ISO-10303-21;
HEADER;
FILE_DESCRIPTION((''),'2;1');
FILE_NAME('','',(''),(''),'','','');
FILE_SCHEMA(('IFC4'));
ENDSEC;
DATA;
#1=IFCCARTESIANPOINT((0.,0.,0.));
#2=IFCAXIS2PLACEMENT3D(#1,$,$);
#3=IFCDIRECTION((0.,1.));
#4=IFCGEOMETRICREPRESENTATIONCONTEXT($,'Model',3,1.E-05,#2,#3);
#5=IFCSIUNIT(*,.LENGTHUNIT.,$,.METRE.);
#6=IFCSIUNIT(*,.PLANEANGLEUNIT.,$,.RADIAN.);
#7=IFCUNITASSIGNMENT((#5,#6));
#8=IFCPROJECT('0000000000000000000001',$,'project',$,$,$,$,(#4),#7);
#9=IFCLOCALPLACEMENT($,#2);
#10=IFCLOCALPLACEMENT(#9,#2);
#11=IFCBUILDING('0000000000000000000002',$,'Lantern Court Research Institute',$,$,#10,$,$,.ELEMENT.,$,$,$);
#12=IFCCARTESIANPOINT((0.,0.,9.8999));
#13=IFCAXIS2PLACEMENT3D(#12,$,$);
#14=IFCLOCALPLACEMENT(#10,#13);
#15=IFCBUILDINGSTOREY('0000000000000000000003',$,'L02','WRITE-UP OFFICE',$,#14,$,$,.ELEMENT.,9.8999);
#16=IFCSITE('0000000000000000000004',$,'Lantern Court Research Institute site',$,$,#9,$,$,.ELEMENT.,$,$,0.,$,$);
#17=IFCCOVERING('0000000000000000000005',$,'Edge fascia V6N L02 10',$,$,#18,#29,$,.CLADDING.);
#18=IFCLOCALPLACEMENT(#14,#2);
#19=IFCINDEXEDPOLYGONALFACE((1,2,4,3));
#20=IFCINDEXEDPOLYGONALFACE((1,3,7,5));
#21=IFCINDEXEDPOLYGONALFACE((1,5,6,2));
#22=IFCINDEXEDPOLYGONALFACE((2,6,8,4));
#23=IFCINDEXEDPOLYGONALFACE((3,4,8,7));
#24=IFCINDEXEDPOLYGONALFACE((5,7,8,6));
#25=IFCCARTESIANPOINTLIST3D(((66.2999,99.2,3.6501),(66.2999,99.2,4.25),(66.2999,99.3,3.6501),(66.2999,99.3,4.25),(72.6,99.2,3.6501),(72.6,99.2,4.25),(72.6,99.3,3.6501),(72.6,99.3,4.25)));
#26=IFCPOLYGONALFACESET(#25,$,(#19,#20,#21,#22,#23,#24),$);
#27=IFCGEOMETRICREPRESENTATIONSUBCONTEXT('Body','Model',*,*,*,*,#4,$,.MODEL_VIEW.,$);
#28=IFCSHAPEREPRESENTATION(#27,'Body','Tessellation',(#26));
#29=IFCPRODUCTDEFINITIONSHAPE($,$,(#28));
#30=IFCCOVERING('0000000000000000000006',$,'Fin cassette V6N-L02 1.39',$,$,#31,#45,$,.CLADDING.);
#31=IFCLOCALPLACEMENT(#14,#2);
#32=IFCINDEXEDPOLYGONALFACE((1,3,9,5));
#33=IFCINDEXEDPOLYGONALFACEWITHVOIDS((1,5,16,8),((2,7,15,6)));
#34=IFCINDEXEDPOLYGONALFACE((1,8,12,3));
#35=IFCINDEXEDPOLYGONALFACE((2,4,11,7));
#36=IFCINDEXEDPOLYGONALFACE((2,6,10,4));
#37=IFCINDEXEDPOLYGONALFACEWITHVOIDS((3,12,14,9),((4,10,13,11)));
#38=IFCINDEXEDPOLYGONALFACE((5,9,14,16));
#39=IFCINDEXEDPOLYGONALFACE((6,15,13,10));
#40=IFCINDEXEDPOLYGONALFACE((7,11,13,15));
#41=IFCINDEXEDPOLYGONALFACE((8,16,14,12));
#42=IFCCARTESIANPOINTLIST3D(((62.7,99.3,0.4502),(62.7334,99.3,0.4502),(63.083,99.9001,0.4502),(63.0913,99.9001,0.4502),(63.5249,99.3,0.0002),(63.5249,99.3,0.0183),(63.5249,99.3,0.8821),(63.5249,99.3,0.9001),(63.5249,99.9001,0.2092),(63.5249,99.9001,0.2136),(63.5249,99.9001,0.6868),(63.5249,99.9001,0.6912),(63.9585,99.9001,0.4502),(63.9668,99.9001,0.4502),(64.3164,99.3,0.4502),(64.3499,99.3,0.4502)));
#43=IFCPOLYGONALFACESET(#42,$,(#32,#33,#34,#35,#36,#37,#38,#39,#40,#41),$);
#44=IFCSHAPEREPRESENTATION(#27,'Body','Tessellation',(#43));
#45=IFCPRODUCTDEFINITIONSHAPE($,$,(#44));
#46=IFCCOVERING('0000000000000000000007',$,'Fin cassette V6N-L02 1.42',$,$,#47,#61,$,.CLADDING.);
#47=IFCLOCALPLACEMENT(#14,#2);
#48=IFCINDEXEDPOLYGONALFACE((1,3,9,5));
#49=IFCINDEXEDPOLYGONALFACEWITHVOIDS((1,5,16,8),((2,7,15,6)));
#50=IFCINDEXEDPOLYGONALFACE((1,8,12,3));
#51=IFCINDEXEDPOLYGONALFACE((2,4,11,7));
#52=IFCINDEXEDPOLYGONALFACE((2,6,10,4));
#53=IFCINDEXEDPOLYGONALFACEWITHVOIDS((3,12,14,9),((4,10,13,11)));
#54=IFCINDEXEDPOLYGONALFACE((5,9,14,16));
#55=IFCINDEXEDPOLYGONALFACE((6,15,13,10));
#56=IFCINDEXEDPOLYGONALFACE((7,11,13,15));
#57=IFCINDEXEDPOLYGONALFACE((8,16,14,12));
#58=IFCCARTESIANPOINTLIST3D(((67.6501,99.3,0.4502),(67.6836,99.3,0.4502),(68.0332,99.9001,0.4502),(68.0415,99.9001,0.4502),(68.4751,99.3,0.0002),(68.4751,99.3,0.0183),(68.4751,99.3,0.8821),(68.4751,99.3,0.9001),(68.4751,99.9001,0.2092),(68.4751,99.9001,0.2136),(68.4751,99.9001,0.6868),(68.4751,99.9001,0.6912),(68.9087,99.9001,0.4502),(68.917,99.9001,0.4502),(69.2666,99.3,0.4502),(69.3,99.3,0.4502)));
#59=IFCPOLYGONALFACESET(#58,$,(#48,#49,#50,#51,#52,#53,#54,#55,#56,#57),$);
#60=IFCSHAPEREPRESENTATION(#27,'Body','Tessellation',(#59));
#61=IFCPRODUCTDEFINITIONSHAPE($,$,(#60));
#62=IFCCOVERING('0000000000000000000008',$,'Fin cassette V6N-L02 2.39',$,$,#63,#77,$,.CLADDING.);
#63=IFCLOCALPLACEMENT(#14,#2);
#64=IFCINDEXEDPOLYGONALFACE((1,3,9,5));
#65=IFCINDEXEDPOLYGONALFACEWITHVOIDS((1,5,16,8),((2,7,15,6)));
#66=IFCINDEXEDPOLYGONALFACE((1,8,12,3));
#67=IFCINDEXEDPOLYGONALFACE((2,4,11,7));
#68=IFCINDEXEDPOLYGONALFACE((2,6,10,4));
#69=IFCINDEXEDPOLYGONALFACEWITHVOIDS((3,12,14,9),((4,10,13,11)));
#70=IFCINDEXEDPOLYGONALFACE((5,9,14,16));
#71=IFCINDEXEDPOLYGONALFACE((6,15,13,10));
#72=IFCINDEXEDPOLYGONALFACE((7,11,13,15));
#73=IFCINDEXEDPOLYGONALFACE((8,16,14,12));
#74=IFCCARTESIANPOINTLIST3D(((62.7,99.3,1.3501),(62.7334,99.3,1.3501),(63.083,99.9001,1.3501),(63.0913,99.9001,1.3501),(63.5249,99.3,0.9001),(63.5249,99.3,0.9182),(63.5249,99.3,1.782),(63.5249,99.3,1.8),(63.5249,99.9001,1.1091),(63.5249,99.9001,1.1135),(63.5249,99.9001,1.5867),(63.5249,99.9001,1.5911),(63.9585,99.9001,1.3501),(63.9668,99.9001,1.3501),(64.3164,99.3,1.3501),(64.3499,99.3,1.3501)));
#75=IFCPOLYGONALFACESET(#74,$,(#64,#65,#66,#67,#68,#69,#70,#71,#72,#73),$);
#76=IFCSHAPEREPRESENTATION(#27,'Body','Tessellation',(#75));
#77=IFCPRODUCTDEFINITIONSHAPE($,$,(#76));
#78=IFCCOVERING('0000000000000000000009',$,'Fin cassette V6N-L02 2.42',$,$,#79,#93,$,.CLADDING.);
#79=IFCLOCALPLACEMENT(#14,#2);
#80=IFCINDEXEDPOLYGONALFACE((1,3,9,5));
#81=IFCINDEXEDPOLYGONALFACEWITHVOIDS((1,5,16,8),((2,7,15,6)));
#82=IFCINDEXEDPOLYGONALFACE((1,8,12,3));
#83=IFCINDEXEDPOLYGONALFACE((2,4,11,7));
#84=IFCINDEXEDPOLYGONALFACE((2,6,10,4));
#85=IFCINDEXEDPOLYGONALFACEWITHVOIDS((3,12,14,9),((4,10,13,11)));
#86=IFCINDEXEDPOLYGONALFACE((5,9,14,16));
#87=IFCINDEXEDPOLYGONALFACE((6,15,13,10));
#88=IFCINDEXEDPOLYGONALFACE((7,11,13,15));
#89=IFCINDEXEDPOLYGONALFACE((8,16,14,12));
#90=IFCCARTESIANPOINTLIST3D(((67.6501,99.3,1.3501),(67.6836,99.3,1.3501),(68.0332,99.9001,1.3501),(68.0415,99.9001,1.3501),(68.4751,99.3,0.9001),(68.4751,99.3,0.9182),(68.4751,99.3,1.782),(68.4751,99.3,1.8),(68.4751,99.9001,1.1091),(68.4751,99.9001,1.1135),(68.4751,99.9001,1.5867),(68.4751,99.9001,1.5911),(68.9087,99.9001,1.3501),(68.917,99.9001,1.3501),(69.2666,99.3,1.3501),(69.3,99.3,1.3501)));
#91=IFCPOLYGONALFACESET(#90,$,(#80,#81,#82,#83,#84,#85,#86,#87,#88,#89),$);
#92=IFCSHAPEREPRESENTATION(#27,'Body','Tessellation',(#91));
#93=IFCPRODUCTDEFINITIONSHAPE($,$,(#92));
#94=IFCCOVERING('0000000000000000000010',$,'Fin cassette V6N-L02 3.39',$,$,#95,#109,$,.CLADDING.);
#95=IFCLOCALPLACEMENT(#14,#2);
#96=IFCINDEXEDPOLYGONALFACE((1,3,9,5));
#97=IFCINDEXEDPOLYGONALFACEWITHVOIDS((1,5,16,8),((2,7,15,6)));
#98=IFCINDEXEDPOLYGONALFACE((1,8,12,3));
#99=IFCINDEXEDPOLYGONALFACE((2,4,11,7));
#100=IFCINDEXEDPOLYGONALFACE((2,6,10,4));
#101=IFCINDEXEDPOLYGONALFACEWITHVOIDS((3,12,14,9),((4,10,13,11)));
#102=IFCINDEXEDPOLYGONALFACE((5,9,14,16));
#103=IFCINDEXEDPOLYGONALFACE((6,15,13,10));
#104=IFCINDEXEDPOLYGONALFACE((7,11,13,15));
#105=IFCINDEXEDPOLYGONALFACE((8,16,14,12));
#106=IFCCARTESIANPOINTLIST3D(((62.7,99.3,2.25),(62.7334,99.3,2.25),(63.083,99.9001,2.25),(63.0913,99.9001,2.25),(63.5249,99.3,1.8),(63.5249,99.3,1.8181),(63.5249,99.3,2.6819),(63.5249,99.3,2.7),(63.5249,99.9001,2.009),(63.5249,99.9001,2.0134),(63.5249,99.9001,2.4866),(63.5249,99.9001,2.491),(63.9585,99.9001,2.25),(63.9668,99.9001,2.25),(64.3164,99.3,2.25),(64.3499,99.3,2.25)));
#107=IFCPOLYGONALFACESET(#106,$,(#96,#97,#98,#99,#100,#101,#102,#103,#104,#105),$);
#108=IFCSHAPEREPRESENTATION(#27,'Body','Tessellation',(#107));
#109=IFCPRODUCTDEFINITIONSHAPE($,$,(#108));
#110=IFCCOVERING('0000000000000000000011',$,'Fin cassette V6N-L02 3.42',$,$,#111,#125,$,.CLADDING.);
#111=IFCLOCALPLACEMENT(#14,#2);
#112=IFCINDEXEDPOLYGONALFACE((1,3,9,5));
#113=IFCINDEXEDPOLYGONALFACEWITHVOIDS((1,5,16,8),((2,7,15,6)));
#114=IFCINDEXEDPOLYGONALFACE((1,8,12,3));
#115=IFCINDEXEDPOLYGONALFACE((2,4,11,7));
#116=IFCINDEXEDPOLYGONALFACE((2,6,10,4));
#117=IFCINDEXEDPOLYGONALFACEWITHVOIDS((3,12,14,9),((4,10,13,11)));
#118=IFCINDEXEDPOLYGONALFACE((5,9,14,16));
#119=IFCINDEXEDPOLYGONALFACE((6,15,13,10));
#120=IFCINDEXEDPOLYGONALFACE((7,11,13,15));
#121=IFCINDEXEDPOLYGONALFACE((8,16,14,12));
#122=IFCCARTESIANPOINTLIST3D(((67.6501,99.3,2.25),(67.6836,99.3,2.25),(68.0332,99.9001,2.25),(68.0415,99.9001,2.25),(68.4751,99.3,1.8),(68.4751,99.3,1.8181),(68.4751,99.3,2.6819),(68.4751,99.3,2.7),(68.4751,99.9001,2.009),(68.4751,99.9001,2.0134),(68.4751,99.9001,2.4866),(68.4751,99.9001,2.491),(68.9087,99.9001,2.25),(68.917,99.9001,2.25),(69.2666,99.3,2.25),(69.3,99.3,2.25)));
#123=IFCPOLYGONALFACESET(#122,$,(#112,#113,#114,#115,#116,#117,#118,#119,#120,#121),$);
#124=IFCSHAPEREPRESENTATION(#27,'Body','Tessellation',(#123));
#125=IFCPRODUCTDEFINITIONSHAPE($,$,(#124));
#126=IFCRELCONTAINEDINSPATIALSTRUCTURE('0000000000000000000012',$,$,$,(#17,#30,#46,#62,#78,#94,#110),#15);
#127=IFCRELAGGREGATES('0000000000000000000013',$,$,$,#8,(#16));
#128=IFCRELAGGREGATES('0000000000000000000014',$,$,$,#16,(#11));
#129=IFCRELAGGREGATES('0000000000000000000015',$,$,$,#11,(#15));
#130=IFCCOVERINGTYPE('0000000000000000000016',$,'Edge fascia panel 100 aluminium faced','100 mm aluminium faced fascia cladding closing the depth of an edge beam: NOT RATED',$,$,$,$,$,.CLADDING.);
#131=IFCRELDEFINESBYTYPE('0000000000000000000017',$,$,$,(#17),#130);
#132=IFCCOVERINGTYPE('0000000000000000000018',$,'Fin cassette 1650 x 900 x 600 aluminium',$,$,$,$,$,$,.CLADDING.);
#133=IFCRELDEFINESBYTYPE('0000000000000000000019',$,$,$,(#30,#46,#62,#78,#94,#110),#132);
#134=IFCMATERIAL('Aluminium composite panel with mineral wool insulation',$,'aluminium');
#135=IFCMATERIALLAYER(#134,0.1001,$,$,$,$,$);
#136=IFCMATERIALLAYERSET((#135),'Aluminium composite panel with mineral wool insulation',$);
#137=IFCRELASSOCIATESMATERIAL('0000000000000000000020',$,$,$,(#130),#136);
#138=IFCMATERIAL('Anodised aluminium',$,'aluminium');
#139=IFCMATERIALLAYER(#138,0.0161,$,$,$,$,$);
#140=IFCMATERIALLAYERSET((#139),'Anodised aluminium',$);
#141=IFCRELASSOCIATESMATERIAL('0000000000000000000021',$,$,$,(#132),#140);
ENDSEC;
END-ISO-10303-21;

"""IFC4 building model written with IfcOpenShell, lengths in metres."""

from ifc_helpers import new_model, entity, si_unit, direction, frame, frame_2d, origin, place, context, subcontext, project, spatial, rectangle, extrude, material, layer, layer_set, type_object, element, save


model = new_model("IFC4")

# Units and contexts
model_context = context("Model", 3, precision=1e-05, world=origin(), true_north=direction((0.0, 1.0)))
body_context = subcontext(model_context, "Body", "Model", "MODEL_VIEW")
ifc_project = project(units=[si_unit("LENGTHUNIT", "METRE"), si_unit("PLANEANGLEUNIT", "RADIAN")], contexts=[model_context])

# Site, building, storey
site_placement = place(None, origin())
site = spatial("IfcSite", under=ifc_project, at=site_placement, Name="Lantern Court Research Institute site", CompositionType="ELEMENT", RefElevation=0.0)
building_placement = place(site_placement, origin())
building = spatial("IfcBuilding", under=site, at=building_placement, Name="Lantern Court Research Institute", CompositionType="ELEMENT")
storey_placement = place(building_placement, frame((0.0, 0.0, 9.8999)))
storey = spatial("IfcBuildingStorey", under=building, at=storey_placement, Name="L02", Description="WRITE-UP OFFICE", CompositionType="ELEMENT", Elevation=9.8999)

# Coverings
ifc_material_1 = material(Name="Aluminium composite panel with mineral wool insulation", Category="aluminium")
ifc_layer_1 = layer(ifc_material_1, 0.1001)
ifc_layer_set_1 = layer_set([ifc_layer_1], Name="Aluminium composite panel with mineral wool insulation")
covering_type_1 = type_object("IfcCoveringType", Name="Edge fascia panel 100 aluminium faced", Description="100 mm aluminium faced fascia cladding closing the depth of an edge beam: NOT RATED", PredefinedType="CLADDING", material=ifc_layer_set_1)
covering_1_placement = place(storey_placement, frame((66.3, 99.25, 3.6501), z_axis=(0.0, 0.0, 1.0), x_axis=(1.0, 0.0, 0.0)))
element("IfcCovering", 1, at=covering_1_placement, inside=storey, type_object=covering_type_1, Name="Edge fascia V6N L02 10", PredefinedType="CLADDING", context=body_context, shape_type="SweptSolid", body=[
    extrude(rectangle(XDim=6.3, YDim=0.1001, at=frame_2d((3.1499, 0.0))), origin(), (0.0, 0.0, 1.0), 0.5999),
])
ifc_material_2 = material(Name="Anodised aluminium", Category="aluminium")
ifc_layer_2 = layer(ifc_material_2, 0.0161)
ifc_layer_set_2 = layer_set([ifc_layer_2], Name="Anodised aluminium")
covering_type_2 = type_object("IfcCoveringType", Name="Fin cassette 1650 x 900 x 600 aluminium", PredefinedType="CLADDING", material=ifc_layer_set_2)
covering_2_placement = place(storey_placement, frame((63.5249, 99.3, 0.4502), z_axis=(0.0, 1.0, 0.0), x_axis=(-1.0, 0.0, 0.0)))
cartesian_point_1 = entity("IfcCartesianPoint", [0.825, 0.0])
cartesian_point_2 = entity("IfcCartesianPoint", [0.7915, 0.0])
cartesian_point_3 = entity("IfcCartesianPoint", [0.4419, 0.0])
cartesian_point_4 = entity("IfcCartesianPoint", [0.4336, 0.0])
element("IfcCovering", 2, at=covering_2_placement, inside=storey, type_object=covering_type_2, Name="Fin cassette V6N-L02 1.39", PredefinedType="CLADDING", context=body_context, shape_type="SweptSolid", body=[
    entity("IfcExtrudedAreaSolidTapered", entity("IfcArbitraryProfileDefWithVoids", "AREA", None, entity("IfcPolyline", [cartesian_point_1, entity("IfcCartesianPoint", [0.0, 0.45]), entity("IfcCartesianPoint", [-0.825, 0.0]), entity("IfcCartesianPoint", [0.0, -0.45]), cartesian_point_1]), [entity("IfcPolyline", [cartesian_point_2, entity("IfcCartesianPoint", [0.0, 0.4319]), entity("IfcCartesianPoint", [-0.7915, 0.0]), entity("IfcCartesianPoint", [0.0, -0.4319]), cartesian_point_2])]), entity("IfcAxis2Placement3D", entity("IfcCartesianPoint", [0.0, 0.0, 0.0])), entity("IfcDirection", [0.0, 0.0, 1.0]), 0.6001, entity("IfcArbitraryProfileDefWithVoids", "AREA", None, entity("IfcPolyline", [cartesian_point_3, entity("IfcCartesianPoint", [0.0, 0.241]), entity("IfcCartesianPoint", [-0.4419, 0.0]), entity("IfcCartesianPoint", [0.0, -0.241]), cartesian_point_3]), [entity("IfcPolyline", [cartesian_point_4, entity("IfcCartesianPoint", [0.0, 0.2366]), entity("IfcCartesianPoint", [-0.4336, 0.0]), entity("IfcCartesianPoint", [0.0, -0.2366]), cartesian_point_4])])),
])
covering_3_placement = place(storey_placement, frame((68.4751, 99.3, 0.4502), z_axis=(0.0, 1.0, 0.0), x_axis=(-1.0, 0.0, 0.0)))
cartesian_point_5 = entity("IfcCartesianPoint", [0.825, 0.0])
cartesian_point_6 = entity("IfcCartesianPoint", [0.7915, 0.0])
cartesian_point_7 = entity("IfcCartesianPoint", [0.4419, 0.0])
cartesian_point_8 = entity("IfcCartesianPoint", [0.4336, 0.0])
element("IfcCovering", 3, at=covering_3_placement, inside=storey, type_object=covering_type_2, Name="Fin cassette V6N-L02 1.42", PredefinedType="CLADDING", context=body_context, shape_type="SweptSolid", body=[
    entity("IfcExtrudedAreaSolidTapered", entity("IfcArbitraryProfileDefWithVoids", "AREA", None, entity("IfcPolyline", [cartesian_point_5, entity("IfcCartesianPoint", [0.0, 0.45]), entity("IfcCartesianPoint", [-0.825, 0.0]), entity("IfcCartesianPoint", [0.0, -0.45]), cartesian_point_5]), [entity("IfcPolyline", [cartesian_point_6, entity("IfcCartesianPoint", [0.0, 0.4319]), entity("IfcCartesianPoint", [-0.7915, 0.0]), entity("IfcCartesianPoint", [0.0, -0.4319]), cartesian_point_6])]), entity("IfcAxis2Placement3D", entity("IfcCartesianPoint", [0.0, 0.0, 0.0])), entity("IfcDirection", [0.0, 0.0, 1.0]), 0.6001, entity("IfcArbitraryProfileDefWithVoids", "AREA", None, entity("IfcPolyline", [cartesian_point_7, entity("IfcCartesianPoint", [0.0, 0.241]), entity("IfcCartesianPoint", [-0.4419, 0.0]), entity("IfcCartesianPoint", [0.0, -0.241]), cartesian_point_7]), [entity("IfcPolyline", [cartesian_point_8, entity("IfcCartesianPoint", [0.0, 0.2366]), entity("IfcCartesianPoint", [-0.4336, 0.0]), entity("IfcCartesianPoint", [0.0, -0.2366]), cartesian_point_8])])),
])
covering_4_placement = place(storey_placement, frame((63.5249, 99.3, 1.3501), z_axis=(0.0, 1.0, 0.0), x_axis=(-1.0, 0.0, 0.0)))
cartesian_point_9 = entity("IfcCartesianPoint", [0.825, 0.0])
cartesian_point_10 = entity("IfcCartesianPoint", [0.7915, 0.0])
cartesian_point_11 = entity("IfcCartesianPoint", [0.4419, 0.0])
cartesian_point_12 = entity("IfcCartesianPoint", [0.4336, 0.0])
element("IfcCovering", 4, at=covering_4_placement, inside=storey, type_object=covering_type_2, Name="Fin cassette V6N-L02 2.39", PredefinedType="CLADDING", context=body_context, shape_type="SweptSolid", body=[
    entity("IfcExtrudedAreaSolidTapered", entity("IfcArbitraryProfileDefWithVoids", "AREA", None, entity("IfcPolyline", [cartesian_point_9, entity("IfcCartesianPoint", [0.0, 0.45]), entity("IfcCartesianPoint", [-0.825, 0.0]), entity("IfcCartesianPoint", [0.0, -0.45]), cartesian_point_9]), [entity("IfcPolyline", [cartesian_point_10, entity("IfcCartesianPoint", [0.0, 0.4319]), entity("IfcCartesianPoint", [-0.7915, 0.0]), entity("IfcCartesianPoint", [0.0, -0.4319]), cartesian_point_10])]), entity("IfcAxis2Placement3D", entity("IfcCartesianPoint", [0.0, 0.0, 0.0])), entity("IfcDirection", [0.0, 0.0, 1.0]), 0.6001, entity("IfcArbitraryProfileDefWithVoids", "AREA", None, entity("IfcPolyline", [cartesian_point_11, entity("IfcCartesianPoint", [0.0, 0.241]), entity("IfcCartesianPoint", [-0.4419, 0.0]), entity("IfcCartesianPoint", [0.0, -0.241]), cartesian_point_11]), [entity("IfcPolyline", [cartesian_point_12, entity("IfcCartesianPoint", [0.0, 0.2366]), entity("IfcCartesianPoint", [-0.4336, 0.0]), entity("IfcCartesianPoint", [0.0, -0.2366]), cartesian_point_12])])),
])
covering_5_placement = place(storey_placement, frame((68.4751, 99.3, 1.3501), z_axis=(0.0, 1.0, 0.0), x_axis=(-1.0, 0.0, 0.0)))
cartesian_point_13 = entity("IfcCartesianPoint", [0.825, 0.0])
cartesian_point_14 = entity("IfcCartesianPoint", [0.7915, 0.0])
cartesian_point_15 = entity("IfcCartesianPoint", [0.4419, 0.0])
cartesian_point_16 = entity("IfcCartesianPoint", [0.4336, 0.0])
element("IfcCovering", 5, at=covering_5_placement, inside=storey, type_object=covering_type_2, Name="Fin cassette V6N-L02 2.42", PredefinedType="CLADDING", context=body_context, shape_type="SweptSolid", body=[
    entity("IfcExtrudedAreaSolidTapered", entity("IfcArbitraryProfileDefWithVoids", "AREA", None, entity("IfcPolyline", [cartesian_point_13, entity("IfcCartesianPoint", [0.0, 0.45]), entity("IfcCartesianPoint", [-0.825, 0.0]), entity("IfcCartesianPoint", [0.0, -0.45]), cartesian_point_13]), [entity("IfcPolyline", [cartesian_point_14, entity("IfcCartesianPoint", [0.0, 0.4319]), entity("IfcCartesianPoint", [-0.7915, 0.0]), entity("IfcCartesianPoint", [0.0, -0.4319]), cartesian_point_14])]), entity("IfcAxis2Placement3D", entity("IfcCartesianPoint", [0.0, 0.0, 0.0])), entity("IfcDirection", [0.0, 0.0, 1.0]), 0.6001, entity("IfcArbitraryProfileDefWithVoids", "AREA", None, entity("IfcPolyline", [cartesian_point_15, entity("IfcCartesianPoint", [0.0, 0.241]), entity("IfcCartesianPoint", [-0.4419, 0.0]), entity("IfcCartesianPoint", [0.0, -0.241]), cartesian_point_15]), [entity("IfcPolyline", [cartesian_point_16, entity("IfcCartesianPoint", [0.0, 0.2366]), entity("IfcCartesianPoint", [-0.4336, 0.0]), entity("IfcCartesianPoint", [0.0, -0.2366]), cartesian_point_16])])),
])
covering_6_placement = place(storey_placement, frame((63.5249, 99.3, 2.25), z_axis=(0.0, 1.0, 0.0), x_axis=(-1.0, 0.0, 0.0)))
cartesian_point_17 = entity("IfcCartesianPoint", [0.825, 0.0])
cartesian_point_18 = entity("IfcCartesianPoint", [0.7915, 0.0])
cartesian_point_19 = entity("IfcCartesianPoint", [0.4419, 0.0])
cartesian_point_20 = entity("IfcCartesianPoint", [0.4336, 0.0])
element("IfcCovering", 6, at=covering_6_placement, inside=storey, type_object=covering_type_2, Name="Fin cassette V6N-L02 3.39", PredefinedType="CLADDING", context=body_context, shape_type="SweptSolid", body=[
    entity("IfcExtrudedAreaSolidTapered", entity("IfcArbitraryProfileDefWithVoids", "AREA", None, entity("IfcPolyline", [cartesian_point_17, entity("IfcCartesianPoint", [0.0, 0.45]), entity("IfcCartesianPoint", [-0.825, 0.0]), entity("IfcCartesianPoint", [0.0, -0.45]), cartesian_point_17]), [entity("IfcPolyline", [cartesian_point_18, entity("IfcCartesianPoint", [0.0, 0.4319]), entity("IfcCartesianPoint", [-0.7915, 0.0]), entity("IfcCartesianPoint", [0.0, -0.4319]), cartesian_point_18])]), entity("IfcAxis2Placement3D", entity("IfcCartesianPoint", [0.0, 0.0, 0.0])), entity("IfcDirection", [0.0, 0.0, 1.0]), 0.6001, entity("IfcArbitraryProfileDefWithVoids", "AREA", None, entity("IfcPolyline", [cartesian_point_19, entity("IfcCartesianPoint", [0.0, 0.241]), entity("IfcCartesianPoint", [-0.4419, 0.0]), entity("IfcCartesianPoint", [0.0, -0.241]), cartesian_point_19]), [entity("IfcPolyline", [cartesian_point_20, entity("IfcCartesianPoint", [0.0, 0.2366]), entity("IfcCartesianPoint", [-0.4336, 0.0]), entity("IfcCartesianPoint", [0.0, -0.2366]), cartesian_point_20])])),
])
covering_7_placement = place(storey_placement, frame((68.4751, 99.3, 2.25), z_axis=(0.0, 1.0, 0.0), x_axis=(-1.0, 0.0, 0.0)))
cartesian_point_21 = entity("IfcCartesianPoint", [0.825, 0.0])
cartesian_point_22 = entity("IfcCartesianPoint", [0.7915, 0.0])
cartesian_point_23 = entity("IfcCartesianPoint", [0.4419, 0.0])
cartesian_point_24 = entity("IfcCartesianPoint", [0.4336, 0.0])
element("IfcCovering", 7, at=covering_7_placement, inside=storey, type_object=covering_type_2, Name="Fin cassette V6N-L02 3.42", PredefinedType="CLADDING", context=body_context, shape_type="SweptSolid", body=[
    entity("IfcExtrudedAreaSolidTapered", entity("IfcArbitraryProfileDefWithVoids", "AREA", None, entity("IfcPolyline", [cartesian_point_21, entity("IfcCartesianPoint", [0.0, 0.45]), entity("IfcCartesianPoint", [-0.825, 0.0]), entity("IfcCartesianPoint", [0.0, -0.45]), cartesian_point_21]), [entity("IfcPolyline", [cartesian_point_22, entity("IfcCartesianPoint", [0.0, 0.4319]), entity("IfcCartesianPoint", [-0.7915, 0.0]), entity("IfcCartesianPoint", [0.0, -0.4319]), cartesian_point_22])]), entity("IfcAxis2Placement3D", entity("IfcCartesianPoint", [0.0, 0.0, 0.0])), entity("IfcDirection", [0.0, 0.0, 1.0]), 0.6001, entity("IfcArbitraryProfileDefWithVoids", "AREA", None, entity("IfcPolyline", [cartesian_point_23, entity("IfcCartesianPoint", [0.0, 0.241]), entity("IfcCartesianPoint", [-0.4419, 0.0]), entity("IfcCartesianPoint", [0.0, -0.241]), cartesian_point_23]), [entity("IfcPolyline", [cartesian_point_24, entity("IfcCartesianPoint", [0.0, 0.2366]), entity("IfcCartesianPoint", [-0.4336, 0.0]), entity("IfcCartesianPoint", [0.0, -0.2366]), cartesian_point_24])])),
])

save(model, "model.ifc")
